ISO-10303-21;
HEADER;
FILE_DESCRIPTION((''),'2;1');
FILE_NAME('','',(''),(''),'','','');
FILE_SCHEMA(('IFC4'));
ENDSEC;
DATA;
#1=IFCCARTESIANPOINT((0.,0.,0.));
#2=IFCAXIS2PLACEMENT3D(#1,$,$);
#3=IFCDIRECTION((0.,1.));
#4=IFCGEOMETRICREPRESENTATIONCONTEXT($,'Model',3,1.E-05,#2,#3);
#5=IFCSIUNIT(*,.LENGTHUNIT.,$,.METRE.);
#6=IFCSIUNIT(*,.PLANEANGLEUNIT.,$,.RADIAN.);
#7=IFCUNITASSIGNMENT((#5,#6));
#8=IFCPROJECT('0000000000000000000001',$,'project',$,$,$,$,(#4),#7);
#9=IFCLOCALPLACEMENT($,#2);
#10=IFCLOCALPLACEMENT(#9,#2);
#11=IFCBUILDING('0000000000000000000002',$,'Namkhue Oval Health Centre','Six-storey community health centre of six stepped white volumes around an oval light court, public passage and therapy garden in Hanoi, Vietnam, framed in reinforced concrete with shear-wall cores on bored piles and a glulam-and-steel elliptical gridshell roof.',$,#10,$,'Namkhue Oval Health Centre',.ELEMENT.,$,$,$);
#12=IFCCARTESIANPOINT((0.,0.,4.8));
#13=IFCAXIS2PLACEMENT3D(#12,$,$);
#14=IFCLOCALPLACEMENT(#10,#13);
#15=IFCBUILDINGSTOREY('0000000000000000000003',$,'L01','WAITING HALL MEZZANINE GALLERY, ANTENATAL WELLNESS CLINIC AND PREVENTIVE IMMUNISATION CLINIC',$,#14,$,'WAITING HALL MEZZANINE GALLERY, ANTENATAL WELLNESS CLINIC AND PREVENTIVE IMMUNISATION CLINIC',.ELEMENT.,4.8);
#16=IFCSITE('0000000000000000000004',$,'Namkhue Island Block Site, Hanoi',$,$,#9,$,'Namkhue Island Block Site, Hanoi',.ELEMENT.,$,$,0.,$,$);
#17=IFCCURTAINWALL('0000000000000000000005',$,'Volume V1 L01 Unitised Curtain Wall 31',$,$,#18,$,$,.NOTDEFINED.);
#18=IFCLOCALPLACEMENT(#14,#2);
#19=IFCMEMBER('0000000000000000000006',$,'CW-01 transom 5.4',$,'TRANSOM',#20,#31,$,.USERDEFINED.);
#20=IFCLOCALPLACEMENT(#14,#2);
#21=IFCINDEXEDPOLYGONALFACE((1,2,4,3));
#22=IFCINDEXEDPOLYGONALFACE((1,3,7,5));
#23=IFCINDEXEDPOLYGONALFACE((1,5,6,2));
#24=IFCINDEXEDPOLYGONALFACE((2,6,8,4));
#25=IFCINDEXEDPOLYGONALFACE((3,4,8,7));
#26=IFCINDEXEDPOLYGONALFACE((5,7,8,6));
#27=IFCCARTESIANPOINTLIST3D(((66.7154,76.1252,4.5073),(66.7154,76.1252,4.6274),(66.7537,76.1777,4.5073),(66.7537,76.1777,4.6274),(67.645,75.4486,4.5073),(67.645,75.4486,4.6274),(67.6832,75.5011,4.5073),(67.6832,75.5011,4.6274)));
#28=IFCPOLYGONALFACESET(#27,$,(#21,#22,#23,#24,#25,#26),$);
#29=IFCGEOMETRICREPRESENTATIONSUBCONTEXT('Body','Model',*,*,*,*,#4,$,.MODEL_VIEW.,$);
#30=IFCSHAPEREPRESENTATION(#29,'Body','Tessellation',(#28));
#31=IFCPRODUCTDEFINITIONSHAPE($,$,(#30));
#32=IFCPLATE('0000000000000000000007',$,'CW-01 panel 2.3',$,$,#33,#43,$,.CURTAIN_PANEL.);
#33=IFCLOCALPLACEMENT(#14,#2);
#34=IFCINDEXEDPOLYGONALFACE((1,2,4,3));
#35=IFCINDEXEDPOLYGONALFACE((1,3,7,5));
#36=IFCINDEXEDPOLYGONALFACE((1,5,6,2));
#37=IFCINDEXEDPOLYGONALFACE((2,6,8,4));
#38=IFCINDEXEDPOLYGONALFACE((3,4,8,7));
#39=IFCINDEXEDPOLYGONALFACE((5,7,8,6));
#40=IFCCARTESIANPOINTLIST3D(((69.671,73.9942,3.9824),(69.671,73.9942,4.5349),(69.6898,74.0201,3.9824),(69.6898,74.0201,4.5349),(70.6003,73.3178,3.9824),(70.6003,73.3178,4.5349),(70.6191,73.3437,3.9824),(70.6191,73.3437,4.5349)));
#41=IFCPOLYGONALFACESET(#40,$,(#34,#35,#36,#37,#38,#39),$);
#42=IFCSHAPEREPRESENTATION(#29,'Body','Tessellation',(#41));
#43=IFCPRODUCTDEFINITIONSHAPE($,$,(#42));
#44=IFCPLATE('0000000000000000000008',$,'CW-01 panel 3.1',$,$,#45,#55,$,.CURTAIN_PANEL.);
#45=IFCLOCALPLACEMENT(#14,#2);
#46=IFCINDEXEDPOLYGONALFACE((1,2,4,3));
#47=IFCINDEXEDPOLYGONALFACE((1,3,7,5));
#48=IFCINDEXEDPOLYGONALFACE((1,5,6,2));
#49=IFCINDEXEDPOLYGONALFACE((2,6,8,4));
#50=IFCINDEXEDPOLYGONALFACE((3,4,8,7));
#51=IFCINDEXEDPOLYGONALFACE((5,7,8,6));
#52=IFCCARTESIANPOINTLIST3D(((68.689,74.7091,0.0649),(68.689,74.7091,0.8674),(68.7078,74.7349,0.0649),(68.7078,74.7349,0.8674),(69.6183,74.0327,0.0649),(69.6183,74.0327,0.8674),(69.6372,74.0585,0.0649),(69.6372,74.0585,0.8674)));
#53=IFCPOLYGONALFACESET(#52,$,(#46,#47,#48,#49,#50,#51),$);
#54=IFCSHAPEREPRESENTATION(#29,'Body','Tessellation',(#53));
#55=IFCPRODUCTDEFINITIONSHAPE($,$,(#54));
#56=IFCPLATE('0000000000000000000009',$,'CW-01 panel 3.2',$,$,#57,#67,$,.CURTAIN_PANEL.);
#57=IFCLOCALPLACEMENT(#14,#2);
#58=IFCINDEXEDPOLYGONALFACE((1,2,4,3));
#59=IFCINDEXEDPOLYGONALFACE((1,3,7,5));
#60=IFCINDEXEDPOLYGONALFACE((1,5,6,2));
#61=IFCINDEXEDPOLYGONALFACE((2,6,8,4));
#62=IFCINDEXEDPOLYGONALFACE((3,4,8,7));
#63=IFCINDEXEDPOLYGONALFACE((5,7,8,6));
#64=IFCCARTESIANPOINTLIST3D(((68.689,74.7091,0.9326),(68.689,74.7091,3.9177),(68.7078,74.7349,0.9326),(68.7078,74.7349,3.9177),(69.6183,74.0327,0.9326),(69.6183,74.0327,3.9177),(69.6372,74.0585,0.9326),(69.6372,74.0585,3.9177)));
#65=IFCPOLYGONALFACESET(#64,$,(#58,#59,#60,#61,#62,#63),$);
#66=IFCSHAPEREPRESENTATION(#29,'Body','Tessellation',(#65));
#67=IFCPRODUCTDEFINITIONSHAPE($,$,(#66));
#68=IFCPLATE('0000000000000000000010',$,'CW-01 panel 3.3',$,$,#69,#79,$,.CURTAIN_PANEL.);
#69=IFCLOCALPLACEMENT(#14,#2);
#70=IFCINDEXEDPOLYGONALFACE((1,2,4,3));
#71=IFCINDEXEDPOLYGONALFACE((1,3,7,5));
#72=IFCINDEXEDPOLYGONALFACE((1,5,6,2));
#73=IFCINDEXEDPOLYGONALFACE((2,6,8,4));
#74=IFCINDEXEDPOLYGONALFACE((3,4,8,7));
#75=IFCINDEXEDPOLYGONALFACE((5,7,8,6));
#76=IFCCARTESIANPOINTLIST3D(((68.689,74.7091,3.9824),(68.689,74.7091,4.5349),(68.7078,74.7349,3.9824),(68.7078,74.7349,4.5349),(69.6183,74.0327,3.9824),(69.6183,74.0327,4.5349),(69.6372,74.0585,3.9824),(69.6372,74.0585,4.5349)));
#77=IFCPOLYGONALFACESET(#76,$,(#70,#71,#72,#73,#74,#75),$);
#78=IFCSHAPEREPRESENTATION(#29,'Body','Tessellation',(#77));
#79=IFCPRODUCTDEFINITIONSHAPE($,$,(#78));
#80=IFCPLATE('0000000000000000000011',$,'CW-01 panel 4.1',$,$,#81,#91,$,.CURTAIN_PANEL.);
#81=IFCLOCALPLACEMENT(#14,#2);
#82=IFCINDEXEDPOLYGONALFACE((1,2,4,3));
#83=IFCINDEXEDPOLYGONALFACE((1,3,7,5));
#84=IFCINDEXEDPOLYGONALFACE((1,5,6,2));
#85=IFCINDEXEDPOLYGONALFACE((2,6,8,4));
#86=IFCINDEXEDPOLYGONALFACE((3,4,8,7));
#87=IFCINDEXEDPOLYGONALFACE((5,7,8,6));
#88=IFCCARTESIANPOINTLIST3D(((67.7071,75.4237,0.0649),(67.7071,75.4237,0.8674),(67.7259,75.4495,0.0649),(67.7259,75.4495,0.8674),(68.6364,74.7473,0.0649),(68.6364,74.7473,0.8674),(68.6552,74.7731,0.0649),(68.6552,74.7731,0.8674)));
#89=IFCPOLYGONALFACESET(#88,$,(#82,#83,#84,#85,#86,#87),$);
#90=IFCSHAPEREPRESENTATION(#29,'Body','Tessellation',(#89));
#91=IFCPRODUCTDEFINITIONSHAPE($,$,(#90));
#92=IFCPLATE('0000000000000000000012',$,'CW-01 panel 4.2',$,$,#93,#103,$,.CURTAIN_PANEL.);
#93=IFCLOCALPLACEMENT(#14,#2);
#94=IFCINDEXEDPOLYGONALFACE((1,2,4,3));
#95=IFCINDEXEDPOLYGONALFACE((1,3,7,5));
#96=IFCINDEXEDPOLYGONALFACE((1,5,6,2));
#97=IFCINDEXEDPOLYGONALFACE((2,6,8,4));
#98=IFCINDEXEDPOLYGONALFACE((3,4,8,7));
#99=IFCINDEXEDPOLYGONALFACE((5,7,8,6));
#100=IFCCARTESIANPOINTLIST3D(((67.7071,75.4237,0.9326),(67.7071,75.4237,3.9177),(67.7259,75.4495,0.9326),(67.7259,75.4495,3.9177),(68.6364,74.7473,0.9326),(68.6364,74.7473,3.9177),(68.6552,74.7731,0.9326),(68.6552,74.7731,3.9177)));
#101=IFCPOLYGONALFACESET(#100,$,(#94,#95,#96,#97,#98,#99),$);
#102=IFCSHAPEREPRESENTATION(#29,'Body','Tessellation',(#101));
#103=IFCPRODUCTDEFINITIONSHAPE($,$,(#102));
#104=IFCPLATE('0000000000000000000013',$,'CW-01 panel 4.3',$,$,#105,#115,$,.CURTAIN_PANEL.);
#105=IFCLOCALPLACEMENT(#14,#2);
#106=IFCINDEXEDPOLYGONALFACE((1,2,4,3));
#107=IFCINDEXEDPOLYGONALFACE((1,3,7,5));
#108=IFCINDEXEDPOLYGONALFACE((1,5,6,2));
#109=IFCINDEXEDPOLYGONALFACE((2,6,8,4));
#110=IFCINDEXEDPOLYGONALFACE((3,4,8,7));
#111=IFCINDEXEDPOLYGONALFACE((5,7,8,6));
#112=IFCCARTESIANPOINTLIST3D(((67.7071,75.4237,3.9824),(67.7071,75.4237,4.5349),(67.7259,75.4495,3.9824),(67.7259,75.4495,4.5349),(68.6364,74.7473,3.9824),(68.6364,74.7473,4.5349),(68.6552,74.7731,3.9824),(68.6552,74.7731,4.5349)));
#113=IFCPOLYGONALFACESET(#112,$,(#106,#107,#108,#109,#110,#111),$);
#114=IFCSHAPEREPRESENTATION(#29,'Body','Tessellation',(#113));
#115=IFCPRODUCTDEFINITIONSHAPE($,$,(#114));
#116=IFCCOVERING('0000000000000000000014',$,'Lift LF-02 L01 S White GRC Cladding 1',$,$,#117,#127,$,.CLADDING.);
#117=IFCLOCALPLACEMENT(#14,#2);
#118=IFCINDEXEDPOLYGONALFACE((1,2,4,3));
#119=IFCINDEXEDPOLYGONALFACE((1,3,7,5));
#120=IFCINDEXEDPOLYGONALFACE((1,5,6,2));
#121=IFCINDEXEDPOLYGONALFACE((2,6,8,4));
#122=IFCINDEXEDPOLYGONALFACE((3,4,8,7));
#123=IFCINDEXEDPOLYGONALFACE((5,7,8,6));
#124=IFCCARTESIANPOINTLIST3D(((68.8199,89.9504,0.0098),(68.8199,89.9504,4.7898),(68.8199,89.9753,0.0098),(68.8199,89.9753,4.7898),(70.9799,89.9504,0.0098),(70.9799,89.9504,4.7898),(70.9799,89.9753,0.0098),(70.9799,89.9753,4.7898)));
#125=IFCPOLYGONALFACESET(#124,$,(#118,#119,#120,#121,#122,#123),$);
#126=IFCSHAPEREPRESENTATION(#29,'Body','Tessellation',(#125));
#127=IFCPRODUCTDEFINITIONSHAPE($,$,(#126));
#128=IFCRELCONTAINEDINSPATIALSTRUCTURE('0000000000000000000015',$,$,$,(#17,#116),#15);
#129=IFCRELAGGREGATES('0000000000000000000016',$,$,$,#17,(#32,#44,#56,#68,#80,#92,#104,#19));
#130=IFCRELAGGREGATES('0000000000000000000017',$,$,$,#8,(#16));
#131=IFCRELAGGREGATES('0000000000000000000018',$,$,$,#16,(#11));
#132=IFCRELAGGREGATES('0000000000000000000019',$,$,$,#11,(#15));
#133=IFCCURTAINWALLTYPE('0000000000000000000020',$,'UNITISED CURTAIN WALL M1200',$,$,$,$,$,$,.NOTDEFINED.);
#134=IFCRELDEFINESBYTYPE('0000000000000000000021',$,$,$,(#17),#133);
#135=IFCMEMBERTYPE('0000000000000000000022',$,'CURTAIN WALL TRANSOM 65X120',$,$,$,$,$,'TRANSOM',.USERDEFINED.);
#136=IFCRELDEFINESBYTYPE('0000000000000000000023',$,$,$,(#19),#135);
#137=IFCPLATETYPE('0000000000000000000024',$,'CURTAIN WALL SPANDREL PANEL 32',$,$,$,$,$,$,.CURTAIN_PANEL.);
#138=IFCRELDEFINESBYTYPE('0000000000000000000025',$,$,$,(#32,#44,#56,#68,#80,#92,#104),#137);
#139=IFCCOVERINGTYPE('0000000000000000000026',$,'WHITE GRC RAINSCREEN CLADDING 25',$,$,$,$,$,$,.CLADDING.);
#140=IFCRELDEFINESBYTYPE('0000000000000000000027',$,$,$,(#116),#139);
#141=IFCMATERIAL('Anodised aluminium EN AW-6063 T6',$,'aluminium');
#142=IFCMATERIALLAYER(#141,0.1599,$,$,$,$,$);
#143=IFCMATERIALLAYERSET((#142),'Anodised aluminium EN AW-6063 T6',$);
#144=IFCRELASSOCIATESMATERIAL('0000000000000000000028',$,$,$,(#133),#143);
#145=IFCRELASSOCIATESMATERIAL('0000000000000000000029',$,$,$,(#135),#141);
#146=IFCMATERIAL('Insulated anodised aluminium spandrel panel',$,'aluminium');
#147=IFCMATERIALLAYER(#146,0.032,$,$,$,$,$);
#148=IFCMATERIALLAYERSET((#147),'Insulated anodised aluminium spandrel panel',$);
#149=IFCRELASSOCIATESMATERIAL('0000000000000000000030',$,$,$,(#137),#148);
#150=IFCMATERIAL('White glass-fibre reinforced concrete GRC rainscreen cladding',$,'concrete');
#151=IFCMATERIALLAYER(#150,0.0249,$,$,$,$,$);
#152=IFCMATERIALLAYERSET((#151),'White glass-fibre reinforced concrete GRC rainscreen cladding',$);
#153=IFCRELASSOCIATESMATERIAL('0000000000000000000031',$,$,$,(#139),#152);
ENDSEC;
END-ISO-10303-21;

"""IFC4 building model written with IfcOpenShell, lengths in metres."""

from ifc_helpers import new_model, si_unit, direction, frame, origin, origin_2d, place, context, subcontext, project, spatial, rectangle, extrude, material, layer, layer_set, material_profile, profile_set, type_object, element, aggregate, save


model = new_model("IFC4")

# Units and contexts
model_context = context("Model", 3, precision=1e-05, world=origin(), true_north=direction((0.0, 1.0)))
body_context = subcontext(model_context, "Body", "Model", "MODEL_VIEW")
ifc_project = project(units=[si_unit("LENGTHUNIT", "METRE"), si_unit("PLANEANGLEUNIT", "RADIAN")], contexts=[model_context])

# Site, building, storey
site_placement = place(None, origin())
site = spatial("IfcSite", under=ifc_project, at=site_placement, Name="Namkhue Island Block Site, Hanoi", LongName="Namkhue Island Block Site, Hanoi", CompositionType="ELEMENT", RefElevation=0.0)
building_placement = place(site_placement, origin())
building = spatial("IfcBuilding", under=site, at=building_placement, Name="Namkhue Oval Health Centre", Description="Six-storey community health centre of six stepped white volumes around an oval light court, public passage and therapy garden in Hanoi, Vietnam, framed in reinforced concrete with shear-wall cores on bored piles and a glulam-and-steel elliptical gridshell roof.", LongName="Namkhue Oval Health Centre", CompositionType="ELEMENT")
storey_placement = place(building_placement, frame((0.0, 0.0, 4.8)))
storey = spatial("IfcBuildingStorey", under=building, at=storey_placement, Name="L01", Description="WAITING HALL MEZZANINE GALLERY, ANTENATAL WELLNESS CLINIC AND PREVENTIVE IMMUNISATION CLINIC", LongName="WAITING HALL MEZZANINE GALLERY, ANTENATAL WELLNESS CLINIC AND PREVENTIVE IMMUNISATION CLINIC", CompositionType="ELEMENT", Elevation=4.8)

# Curtain wall, member, plates
ifc_material_1 = material(Name="Anodised aluminium EN AW-6063 T6", Category="aluminium")
ifc_layer_1 = layer(ifc_material_1, 0.1599)
ifc_layer_set_1 = layer_set([ifc_layer_1], Name="Anodised aluminium EN AW-6063 T6")
curtain_wall_type = type_object("IfcCurtainWallType", Name="UNITISED CURTAIN WALL M1200", PredefinedType="NOTDEFINED", material=ifc_layer_set_1)
curtain_wall_placement = place(storey_placement, origin())
curtain_wall = element("IfcCurtainWall", 1, at=curtain_wall_placement, inside=storey, type_object=curtain_wall_type, Name="Volume V1 L01 Unitised Curtain Wall 31", PredefinedType="NOTDEFINED")
ifc_material_profile_1 = material_profile(ifc_material_1, rectangle(XDim=0.0649, YDim=0.1201, at=origin_2d()), Name="ALU 65x120")
ifc_profile_set_1 = profile_set([ifc_material_profile_1], Name="Anodised aluminium EN AW-6063 T6")
member_type_1 = type_object("IfcMemberType", Name="CURTAIN WALL TRANSOM 65X120", ElementType="TRANSOM", PredefinedType="USERDEFINED", material=ifc_profile_set_1)
member_1_placement = place(storey_placement, frame((67.6641, 75.4749, 4.5674), z_axis=(-0.808506, 0.588487, 0.0), x_axis=(-0.588487, -0.808506, 0.0)))
member_1 = element("IfcMember", 2, at=member_1_placement, type_object=member_type_1, Name="CW-01 transom 5.4", ObjectType="TRANSOM", PredefinedType="USERDEFINED", context=body_context, shape_type="SweptSolid", body=[
    extrude(rectangle(XDim=0.0649, YDim=0.1201, at=origin_2d()), origin(), (0.0, 0.0, 1.0), 1.1497),
])
ifc_material_2 = material(Name="Insulated anodised aluminium spandrel panel", Category="aluminium")
ifc_layer_2 = layer(ifc_material_2, 0.032)
ifc_layer_set_2 = layer_set([ifc_layer_2], Name="Insulated anodised aluminium spandrel panel")
plate_type = type_object("IfcPlateType", Name="CURTAIN WALL SPANDREL PANEL 32", PredefinedType="CURTAIN_PANEL", material=ifc_layer_set_2)
plate_1_placement = place(storey_placement, frame((70.145, 73.6689, 3.9824), z_axis=(0.0, 0.0, 1.0), x_axis=(-0.808514, 0.588477, 0.0)))
plate_1 = element("IfcPlate", 3, at=plate_1_placement, type_object=plate_type, Name="CW-01 panel 2.3", PredefinedType="CURTAIN_PANEL", context=body_context, shape_type="SweptSolid", body=[
    extrude(rectangle(XDim=1.1494, YDim=0.032, at=origin_2d()), origin(), (0.0, 0.0, 1.0), 0.5525),
])
plate_2_placement = place(storey_placement, frame((69.1631, 74.3838, 0.0649), z_axis=(0.0, 0.0, 1.0), x_axis=(-0.808514, 0.588477, 0.0)))
plate_2 = element("IfcPlate", 4, at=plate_2_placement, type_object=plate_type, Name="CW-01 panel 3.1", PredefinedType="CURTAIN_PANEL", context=body_context, shape_type="SweptSolid", body=[
    extrude(rectangle(XDim=1.1494, YDim=0.032, at=origin_2d()), origin(), (0.0, 0.0, 1.0), 0.8025),
])
plate_3_placement = place(storey_placement, frame((69.1631, 74.3838, 0.9326), z_axis=(0.0, 0.0, 1.0), x_axis=(-0.808514, 0.588477, 0.0)))
plate_3 = element("IfcPlate", 5, at=plate_3_placement, type_object=plate_type, Name="CW-01 panel 3.2", PredefinedType="CURTAIN_PANEL", context=body_context, shape_type="SweptSolid", body=[
    extrude(rectangle(XDim=1.1494, YDim=0.032, at=origin_2d()), origin(), (0.0, 0.0, 1.0), 2.9851),
])
plate_4_placement = place(storey_placement, frame((69.1631, 74.3838, 3.9824), z_axis=(0.0, 0.0, 1.0), x_axis=(-0.808514, 0.588477, 0.0)))
plate_4 = element("IfcPlate", 6, at=plate_4_placement, type_object=plate_type, Name="CW-01 panel 3.3", PredefinedType="CURTAIN_PANEL", context=body_context, shape_type="SweptSolid", body=[
    extrude(rectangle(XDim=1.1494, YDim=0.032, at=origin_2d()), origin(), (0.0, 0.0, 1.0), 0.5525),
])
plate_5_placement = place(storey_placement, frame((68.1812, 75.0984, 0.0649), z_axis=(0.0, 0.0, 1.0), x_axis=(-0.808514, 0.588477, 0.0)))
plate_5 = element("IfcPlate", 7, at=plate_5_placement, type_object=plate_type, Name="CW-01 panel 4.1", PredefinedType="CURTAIN_PANEL", context=body_context, shape_type="SweptSolid", body=[
    extrude(rectangle(XDim=1.1494, YDim=0.032, at=origin_2d()), origin(), (0.0, 0.0, 1.0), 0.8025),
])
plate_6_placement = place(storey_placement, frame((68.1812, 75.0984, 0.9326), z_axis=(0.0, 0.0, 1.0), x_axis=(-0.808514, 0.588477, 0.0)))
plate_6 = element("IfcPlate", 8, at=plate_6_placement, type_object=plate_type, Name="CW-01 panel 4.2", PredefinedType="CURTAIN_PANEL", context=body_context, shape_type="SweptSolid", body=[
    extrude(rectangle(XDim=1.1494, YDim=0.032, at=origin_2d()), origin(), (0.0, 0.0, 1.0), 2.9851),
])
plate_7_placement = place(storey_placement, frame((68.1812, 75.0984, 3.9824), z_axis=(0.0, 0.0, 1.0), x_axis=(-0.808514, 0.588477, 0.0)))
plate_7 = element("IfcPlate", 9, at=plate_7_placement, type_object=plate_type, Name="CW-01 panel 4.3", PredefinedType="CURTAIN_PANEL", context=body_context, shape_type="SweptSolid", body=[
    extrude(rectangle(XDim=1.1494, YDim=0.032, at=origin_2d()), origin(), (0.0, 0.0, 1.0), 0.5525),
])
aggregate(curtain_wall, [plate_1, plate_2, plate_3, plate_4, plate_5, plate_6, plate_7, member_1])

# Covering
ifc_material_3 = material(Name="White glass-fibre reinforced concrete GRC rainscreen cladding", Category="concrete")
ifc_layer_3 = layer(ifc_material_3, 0.0249)
ifc_layer_set_3 = layer_set([ifc_layer_3], Name="White glass-fibre reinforced concrete GRC rainscreen cladding")
covering_type = type_object("IfcCoveringType", Name="WHITE GRC RAINSCREEN CLADDING 25", PredefinedType="CLADDING", material=ifc_layer_set_3)
covering_placement = place(storey_placement, frame((69.8999, 89.9629, 0.0098), z_axis=(0.0, 0.0, 1.0), x_axis=(1.0, 0.0, 0.0)))
element("IfcCovering", 10, at=covering_placement, inside=storey, type_object=covering_type, Name="Lift LF-02 L01 S White GRC Cladding 1", PredefinedType="CLADDING", context=body_context, shape_type="SweptSolid", body=[
    extrude(rectangle(XDim=2.1599, YDim=0.0249, at=origin_2d()), origin(), (0.0, 0.0, 1.0), 4.78),
])

save(model, "model.ifc")
